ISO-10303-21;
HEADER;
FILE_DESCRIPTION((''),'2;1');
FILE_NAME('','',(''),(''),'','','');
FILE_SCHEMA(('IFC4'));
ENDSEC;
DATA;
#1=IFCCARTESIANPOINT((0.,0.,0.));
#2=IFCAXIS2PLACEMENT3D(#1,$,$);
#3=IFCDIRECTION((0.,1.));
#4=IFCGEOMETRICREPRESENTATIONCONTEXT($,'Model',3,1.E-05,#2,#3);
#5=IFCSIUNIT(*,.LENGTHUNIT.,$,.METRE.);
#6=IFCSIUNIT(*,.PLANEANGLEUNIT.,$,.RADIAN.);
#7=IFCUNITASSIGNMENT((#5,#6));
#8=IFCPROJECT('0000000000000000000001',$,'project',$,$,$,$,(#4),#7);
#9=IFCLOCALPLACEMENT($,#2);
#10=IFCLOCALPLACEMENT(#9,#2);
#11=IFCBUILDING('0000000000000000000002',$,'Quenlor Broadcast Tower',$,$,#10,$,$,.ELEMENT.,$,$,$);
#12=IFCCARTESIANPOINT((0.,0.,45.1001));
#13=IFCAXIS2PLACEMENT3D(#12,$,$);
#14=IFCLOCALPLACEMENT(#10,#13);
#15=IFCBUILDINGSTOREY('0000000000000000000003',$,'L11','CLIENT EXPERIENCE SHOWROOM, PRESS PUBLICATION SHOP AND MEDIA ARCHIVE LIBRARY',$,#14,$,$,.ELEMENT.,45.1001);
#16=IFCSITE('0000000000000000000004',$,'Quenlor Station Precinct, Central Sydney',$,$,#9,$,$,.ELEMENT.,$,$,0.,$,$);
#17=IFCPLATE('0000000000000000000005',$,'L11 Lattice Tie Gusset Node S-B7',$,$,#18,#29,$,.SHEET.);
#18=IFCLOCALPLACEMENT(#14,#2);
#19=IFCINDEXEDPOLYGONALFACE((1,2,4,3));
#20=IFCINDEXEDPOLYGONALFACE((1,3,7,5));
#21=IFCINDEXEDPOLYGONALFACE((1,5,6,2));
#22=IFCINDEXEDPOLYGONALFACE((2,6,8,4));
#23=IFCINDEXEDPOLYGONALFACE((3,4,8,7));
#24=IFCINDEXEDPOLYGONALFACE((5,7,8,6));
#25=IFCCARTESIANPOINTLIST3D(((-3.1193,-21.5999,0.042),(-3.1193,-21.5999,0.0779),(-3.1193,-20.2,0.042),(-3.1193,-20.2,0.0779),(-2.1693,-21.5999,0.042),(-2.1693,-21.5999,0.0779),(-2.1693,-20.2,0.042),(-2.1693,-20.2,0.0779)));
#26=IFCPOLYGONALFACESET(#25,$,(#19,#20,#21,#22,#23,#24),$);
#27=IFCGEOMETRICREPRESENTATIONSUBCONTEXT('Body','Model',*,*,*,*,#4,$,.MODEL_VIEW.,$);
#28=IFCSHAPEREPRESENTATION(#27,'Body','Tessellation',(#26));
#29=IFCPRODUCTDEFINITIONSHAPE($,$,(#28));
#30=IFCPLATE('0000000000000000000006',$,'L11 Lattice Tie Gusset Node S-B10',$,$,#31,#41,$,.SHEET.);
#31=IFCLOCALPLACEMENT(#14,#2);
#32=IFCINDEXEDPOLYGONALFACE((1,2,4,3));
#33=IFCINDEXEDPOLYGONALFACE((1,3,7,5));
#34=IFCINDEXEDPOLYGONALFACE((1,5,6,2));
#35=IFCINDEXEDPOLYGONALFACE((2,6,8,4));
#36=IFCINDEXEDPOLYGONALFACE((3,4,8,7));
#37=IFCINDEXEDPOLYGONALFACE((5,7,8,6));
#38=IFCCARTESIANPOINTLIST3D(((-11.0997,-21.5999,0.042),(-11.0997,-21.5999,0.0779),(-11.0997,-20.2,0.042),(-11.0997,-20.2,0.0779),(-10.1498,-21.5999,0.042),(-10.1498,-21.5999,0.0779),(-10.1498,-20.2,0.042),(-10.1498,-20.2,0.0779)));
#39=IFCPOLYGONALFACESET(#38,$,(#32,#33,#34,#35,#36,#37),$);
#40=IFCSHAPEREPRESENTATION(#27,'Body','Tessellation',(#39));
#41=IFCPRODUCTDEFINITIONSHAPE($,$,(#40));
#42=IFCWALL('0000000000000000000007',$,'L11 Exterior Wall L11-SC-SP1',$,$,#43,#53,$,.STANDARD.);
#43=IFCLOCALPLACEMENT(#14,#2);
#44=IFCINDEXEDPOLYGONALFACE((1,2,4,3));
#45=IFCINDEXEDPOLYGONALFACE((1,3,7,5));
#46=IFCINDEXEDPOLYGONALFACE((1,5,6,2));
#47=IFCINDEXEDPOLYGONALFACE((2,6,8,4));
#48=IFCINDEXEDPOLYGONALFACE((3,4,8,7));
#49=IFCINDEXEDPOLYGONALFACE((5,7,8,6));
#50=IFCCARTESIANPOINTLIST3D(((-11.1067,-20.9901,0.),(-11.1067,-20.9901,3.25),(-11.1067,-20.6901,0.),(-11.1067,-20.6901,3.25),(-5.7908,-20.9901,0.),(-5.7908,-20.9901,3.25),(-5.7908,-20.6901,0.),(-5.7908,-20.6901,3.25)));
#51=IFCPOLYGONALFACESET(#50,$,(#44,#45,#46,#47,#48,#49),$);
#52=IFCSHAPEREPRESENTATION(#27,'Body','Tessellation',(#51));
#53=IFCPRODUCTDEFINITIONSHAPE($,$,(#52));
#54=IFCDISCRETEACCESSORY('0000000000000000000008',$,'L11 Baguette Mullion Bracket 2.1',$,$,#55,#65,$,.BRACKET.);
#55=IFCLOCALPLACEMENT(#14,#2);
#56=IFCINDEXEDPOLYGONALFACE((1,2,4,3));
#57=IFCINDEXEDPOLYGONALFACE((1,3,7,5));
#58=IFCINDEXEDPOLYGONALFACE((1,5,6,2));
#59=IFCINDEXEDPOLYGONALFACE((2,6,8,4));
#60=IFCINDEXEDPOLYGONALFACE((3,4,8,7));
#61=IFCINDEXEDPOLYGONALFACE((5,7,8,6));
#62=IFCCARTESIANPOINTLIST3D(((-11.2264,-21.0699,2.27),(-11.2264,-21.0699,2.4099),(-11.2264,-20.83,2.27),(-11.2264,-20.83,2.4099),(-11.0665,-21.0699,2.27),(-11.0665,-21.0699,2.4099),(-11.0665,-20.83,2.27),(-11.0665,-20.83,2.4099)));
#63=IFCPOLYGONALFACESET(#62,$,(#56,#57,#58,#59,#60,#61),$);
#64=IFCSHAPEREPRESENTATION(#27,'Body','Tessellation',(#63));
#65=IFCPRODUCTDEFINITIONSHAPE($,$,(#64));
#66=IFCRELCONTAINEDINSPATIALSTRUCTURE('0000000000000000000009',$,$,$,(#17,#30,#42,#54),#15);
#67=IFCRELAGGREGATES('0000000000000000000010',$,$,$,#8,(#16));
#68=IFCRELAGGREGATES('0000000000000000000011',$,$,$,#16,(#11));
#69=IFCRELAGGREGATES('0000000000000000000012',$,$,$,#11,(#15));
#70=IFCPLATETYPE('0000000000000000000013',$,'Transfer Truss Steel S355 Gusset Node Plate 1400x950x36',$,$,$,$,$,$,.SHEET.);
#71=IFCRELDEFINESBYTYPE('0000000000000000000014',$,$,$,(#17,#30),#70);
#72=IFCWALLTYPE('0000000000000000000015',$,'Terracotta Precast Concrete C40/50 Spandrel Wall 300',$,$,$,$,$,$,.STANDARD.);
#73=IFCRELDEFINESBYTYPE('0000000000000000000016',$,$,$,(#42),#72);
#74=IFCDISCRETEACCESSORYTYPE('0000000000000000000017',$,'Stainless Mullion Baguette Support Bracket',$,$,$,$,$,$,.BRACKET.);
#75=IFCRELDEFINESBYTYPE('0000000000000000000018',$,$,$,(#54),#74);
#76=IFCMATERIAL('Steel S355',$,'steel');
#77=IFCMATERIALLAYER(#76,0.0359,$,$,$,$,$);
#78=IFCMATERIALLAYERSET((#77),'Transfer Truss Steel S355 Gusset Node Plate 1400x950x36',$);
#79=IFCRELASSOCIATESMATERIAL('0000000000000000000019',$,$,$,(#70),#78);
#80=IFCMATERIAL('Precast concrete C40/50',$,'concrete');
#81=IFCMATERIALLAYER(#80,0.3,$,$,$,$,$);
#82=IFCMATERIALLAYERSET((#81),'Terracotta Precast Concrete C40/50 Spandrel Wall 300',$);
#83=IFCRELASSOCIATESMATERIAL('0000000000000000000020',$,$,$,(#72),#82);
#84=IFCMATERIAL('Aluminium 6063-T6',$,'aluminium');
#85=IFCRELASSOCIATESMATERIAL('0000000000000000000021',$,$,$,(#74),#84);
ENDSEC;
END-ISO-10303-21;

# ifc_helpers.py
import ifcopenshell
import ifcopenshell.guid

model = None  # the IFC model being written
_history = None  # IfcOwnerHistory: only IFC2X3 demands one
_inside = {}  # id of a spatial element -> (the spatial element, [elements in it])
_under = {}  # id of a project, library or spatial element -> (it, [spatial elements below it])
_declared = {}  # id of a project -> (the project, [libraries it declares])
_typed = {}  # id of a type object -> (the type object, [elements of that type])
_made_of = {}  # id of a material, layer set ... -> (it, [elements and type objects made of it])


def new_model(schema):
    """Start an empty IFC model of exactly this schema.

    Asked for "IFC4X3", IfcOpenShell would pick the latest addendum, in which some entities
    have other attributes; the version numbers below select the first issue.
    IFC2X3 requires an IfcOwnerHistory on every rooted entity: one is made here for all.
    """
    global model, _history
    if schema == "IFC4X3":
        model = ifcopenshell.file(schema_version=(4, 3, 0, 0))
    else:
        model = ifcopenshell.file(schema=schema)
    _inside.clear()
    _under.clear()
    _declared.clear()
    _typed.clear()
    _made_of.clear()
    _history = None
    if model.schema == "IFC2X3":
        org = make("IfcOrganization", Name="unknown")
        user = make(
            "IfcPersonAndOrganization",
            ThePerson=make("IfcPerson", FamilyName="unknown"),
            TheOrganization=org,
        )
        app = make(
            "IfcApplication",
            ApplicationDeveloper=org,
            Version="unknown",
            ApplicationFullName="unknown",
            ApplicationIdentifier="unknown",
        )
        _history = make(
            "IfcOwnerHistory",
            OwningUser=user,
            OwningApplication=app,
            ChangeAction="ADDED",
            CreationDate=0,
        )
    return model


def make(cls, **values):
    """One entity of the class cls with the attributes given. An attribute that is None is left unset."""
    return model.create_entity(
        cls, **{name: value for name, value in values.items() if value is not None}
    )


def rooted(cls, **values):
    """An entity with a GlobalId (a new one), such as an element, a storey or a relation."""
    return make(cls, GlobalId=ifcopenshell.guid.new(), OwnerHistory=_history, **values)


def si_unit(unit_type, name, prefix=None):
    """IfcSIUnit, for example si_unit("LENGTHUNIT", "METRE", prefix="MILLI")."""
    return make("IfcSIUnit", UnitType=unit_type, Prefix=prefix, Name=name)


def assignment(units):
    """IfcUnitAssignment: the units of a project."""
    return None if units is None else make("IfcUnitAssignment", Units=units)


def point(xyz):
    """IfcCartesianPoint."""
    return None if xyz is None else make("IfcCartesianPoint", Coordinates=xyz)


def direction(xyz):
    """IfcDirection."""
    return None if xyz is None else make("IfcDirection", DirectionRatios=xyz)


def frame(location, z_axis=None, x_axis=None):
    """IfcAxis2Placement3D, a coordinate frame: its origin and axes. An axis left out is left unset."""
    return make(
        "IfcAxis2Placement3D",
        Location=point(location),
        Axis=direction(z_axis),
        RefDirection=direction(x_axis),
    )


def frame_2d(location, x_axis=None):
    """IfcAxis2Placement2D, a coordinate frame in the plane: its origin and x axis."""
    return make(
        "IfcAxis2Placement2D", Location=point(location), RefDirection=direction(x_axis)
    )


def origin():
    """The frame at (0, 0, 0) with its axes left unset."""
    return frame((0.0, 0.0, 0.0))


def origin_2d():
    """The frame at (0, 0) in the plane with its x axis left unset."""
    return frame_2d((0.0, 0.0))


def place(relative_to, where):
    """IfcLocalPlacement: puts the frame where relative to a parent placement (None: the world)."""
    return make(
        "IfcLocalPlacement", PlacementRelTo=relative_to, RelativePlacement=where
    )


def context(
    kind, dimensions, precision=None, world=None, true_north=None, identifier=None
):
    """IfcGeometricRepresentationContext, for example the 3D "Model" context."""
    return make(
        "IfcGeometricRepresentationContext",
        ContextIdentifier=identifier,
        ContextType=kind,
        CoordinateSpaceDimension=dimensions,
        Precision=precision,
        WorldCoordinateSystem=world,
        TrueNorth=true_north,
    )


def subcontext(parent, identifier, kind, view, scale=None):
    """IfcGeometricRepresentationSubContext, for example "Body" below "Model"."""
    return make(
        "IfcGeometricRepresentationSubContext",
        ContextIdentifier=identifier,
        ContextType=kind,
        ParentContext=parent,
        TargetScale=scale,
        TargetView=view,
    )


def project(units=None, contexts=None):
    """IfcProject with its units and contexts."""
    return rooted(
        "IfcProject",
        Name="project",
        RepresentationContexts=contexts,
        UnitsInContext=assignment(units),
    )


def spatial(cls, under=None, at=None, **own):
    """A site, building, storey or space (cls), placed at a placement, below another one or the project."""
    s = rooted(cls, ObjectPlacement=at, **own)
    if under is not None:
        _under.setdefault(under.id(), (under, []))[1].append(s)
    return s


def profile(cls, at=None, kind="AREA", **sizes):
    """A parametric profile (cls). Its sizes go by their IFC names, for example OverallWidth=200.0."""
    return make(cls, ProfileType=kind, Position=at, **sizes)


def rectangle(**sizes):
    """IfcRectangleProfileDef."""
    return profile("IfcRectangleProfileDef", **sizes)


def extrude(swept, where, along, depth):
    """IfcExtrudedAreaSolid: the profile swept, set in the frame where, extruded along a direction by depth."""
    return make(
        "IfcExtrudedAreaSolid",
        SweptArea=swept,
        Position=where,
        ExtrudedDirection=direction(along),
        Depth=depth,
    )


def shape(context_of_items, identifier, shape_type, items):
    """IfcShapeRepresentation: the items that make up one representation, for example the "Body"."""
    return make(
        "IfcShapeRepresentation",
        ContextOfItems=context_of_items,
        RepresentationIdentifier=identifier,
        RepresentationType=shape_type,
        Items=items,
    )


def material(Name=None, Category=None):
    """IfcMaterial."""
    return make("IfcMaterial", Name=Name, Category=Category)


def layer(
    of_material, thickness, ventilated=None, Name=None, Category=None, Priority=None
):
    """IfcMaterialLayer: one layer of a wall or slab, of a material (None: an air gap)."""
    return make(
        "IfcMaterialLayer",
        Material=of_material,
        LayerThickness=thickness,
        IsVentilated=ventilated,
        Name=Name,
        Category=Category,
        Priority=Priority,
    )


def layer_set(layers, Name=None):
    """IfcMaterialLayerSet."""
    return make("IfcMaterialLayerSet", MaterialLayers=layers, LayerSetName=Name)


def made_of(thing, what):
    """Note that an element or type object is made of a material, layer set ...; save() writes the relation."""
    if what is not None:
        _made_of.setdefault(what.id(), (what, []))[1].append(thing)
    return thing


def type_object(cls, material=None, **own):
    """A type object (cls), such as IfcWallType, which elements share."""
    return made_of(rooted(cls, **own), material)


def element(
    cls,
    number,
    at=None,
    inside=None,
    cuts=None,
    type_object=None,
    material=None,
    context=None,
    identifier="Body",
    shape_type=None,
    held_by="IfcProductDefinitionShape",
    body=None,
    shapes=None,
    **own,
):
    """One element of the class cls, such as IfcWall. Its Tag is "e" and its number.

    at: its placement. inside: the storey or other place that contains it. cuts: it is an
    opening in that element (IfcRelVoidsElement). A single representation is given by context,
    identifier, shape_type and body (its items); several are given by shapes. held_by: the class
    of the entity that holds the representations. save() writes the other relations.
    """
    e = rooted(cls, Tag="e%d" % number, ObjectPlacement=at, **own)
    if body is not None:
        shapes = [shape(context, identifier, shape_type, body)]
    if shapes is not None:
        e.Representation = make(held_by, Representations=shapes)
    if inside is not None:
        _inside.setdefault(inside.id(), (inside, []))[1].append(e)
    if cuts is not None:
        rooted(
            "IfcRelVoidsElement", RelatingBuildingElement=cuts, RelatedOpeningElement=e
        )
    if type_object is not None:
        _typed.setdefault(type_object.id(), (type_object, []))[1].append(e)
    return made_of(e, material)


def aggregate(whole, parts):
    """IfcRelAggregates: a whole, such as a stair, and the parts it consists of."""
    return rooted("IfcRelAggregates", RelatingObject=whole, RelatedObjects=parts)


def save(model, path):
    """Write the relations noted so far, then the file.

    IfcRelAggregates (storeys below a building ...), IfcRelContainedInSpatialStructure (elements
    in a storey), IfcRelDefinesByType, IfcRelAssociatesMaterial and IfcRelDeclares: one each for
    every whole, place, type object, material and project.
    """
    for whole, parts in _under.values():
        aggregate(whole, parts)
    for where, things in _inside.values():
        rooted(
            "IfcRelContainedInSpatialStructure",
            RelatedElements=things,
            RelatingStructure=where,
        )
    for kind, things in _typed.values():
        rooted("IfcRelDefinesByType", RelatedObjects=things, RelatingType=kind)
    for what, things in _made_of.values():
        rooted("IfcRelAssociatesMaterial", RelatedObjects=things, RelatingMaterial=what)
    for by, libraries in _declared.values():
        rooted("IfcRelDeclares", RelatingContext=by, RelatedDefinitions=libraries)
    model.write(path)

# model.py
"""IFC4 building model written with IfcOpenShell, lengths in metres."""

from ifc_helpers import new_model, si_unit, direction, frame, frame_2d, origin, origin_2d, place, context, subcontext, project, spatial, rectangle, extrude, material, layer, layer_set, type_object, element, save


model = new_model("IFC4")

# Units and contexts
model_context = context("Model", 3, precision=1e-05, world=origin(), true_north=direction((0.0, 1.0)))
body_context = subcontext(model_context, "Body", "Model", "MODEL_VIEW")
ifc_project = project(units=[si_unit("LENGTHUNIT", "METRE"), si_unit("PLANEANGLEUNIT", "RADIAN")], contexts=[model_context])

# Site, building, storey
site_placement = place(None, origin())
site = spatial("IfcSite", under=ifc_project, at=site_placement, Name="Quenlor Station Precinct, Central Sydney", CompositionType="ELEMENT", RefElevation=0.0)
building_placement = place(site_placement, origin())
building = spatial("IfcBuilding", under=site, at=building_placement, Name="Quenlor Broadcast Tower", CompositionType="ELEMENT")
storey_placement = place(building_placement, frame((0.0, 0.0, 45.1001)))
storey = spatial("IfcBuildingStorey", under=building, at=storey_placement, Name="L11", Description="CLIENT EXPERIENCE SHOWROOM, PRESS PUBLICATION SHOP AND MEDIA ARCHIVE LIBRARY", CompositionType="ELEMENT", Elevation=45.1001)

# Plates
ifc_material_1 = material(Name="Steel S355", Category="steel")
ifc_layer_1 = layer(ifc_material_1, 0.0359)
ifc_layer_set_1 = layer_set([ifc_layer_1], Name="Transfer Truss Steel S355 Gusset Node Plate 1400x950x36")
plate_type_1 = type_object("IfcPlateType", Name="Transfer Truss Steel S355 Gusset Node Plate 1400x950x36", PredefinedType="SHEET", material=ifc_layer_set_1)
for number, where, z_axis, x_axis, name in (
    (1, (-2.6443, -20.8999, 0.042), (0.0, 0.0, 1.0), (0.0, -1.0, 0.0), "L11 Lattice Tie Gusset Node S-B7"),
    (2, (-10.6248, -20.8999, 0.042), (0.0, 0.0, 1.0), (0.0, -1.0, 0.0), "L11 Lattice Tie Gusset Node S-B10"),
):
    element("IfcPlate", number, at=place(storey_placement, frame(where, z_axis=z_axis, x_axis=x_axis)), inside=storey, type_object=plate_type_1, Name=name, PredefinedType="SHEET", context=body_context, shape_type="SweptSolid", body=[
        extrude(rectangle(XDim=1.3999, YDim=0.95, at=origin_2d()), origin(), (0.0, 0.0, 1.0), 0.0359),
    ])

# Wall
ifc_material_2 = material(Name="Precast concrete C40/50", Category="concrete")
ifc_layer_2 = layer(ifc_material_2, 0.3)
ifc_layer_set_2 = layer_set([ifc_layer_2], Name="Terracotta Precast Concrete C40/50 Spandrel Wall 300")
wall_type = type_object("IfcWallType", Name="Terracotta Precast Concrete C40/50 Spandrel Wall 300", PredefinedType="STANDARD", material=ifc_layer_set_2)
wall_placement = place(storey_placement, frame((-5.7908, -20.8401, 0.0), z_axis=(0.0, 0.0, 1.0), x_axis=(-1.0, 0.0, 0.0)))
element("IfcWall", 3, at=wall_placement, inside=storey, type_object=wall_type, Name="L11 Exterior Wall L11-SC-SP1", PredefinedType="STANDARD", context=body_context, shape_type="SweptSolid", body=[
    extrude(rectangle(XDim=5.3159, YDim=0.3, at=frame_2d((2.658, 0.0))), origin(), (0.0, 0.0, 1.0), 3.25),
])

# Discrete accessory
ifc_material_3 = material(Name="Aluminium 6063-T6", Category="aluminium")
discrete_accessory_type = type_object("IfcDiscreteAccessoryType", Name="Stainless Mullion Baguette Support Bracket", PredefinedType="BRACKET", material=ifc_material_3)
discrete_accessory_placement = place(storey_placement, frame((-11.1465, -20.95, 2.27), z_axis=(0.0, 0.0, 1.0), x_axis=(-1.0, 0.0, 0.0)))
element("IfcDiscreteAccessory", 4, at=discrete_accessory_placement, inside=storey, type_object=discrete_accessory_type, Name="L11 Baguette Mullion Bracket 2.1", PredefinedType="BRACKET", context=body_context, shape_type="SweptSolid", body=[
    extrude(rectangle(XDim=0.1599, YDim=0.24, at=origin_2d()), origin(), (0.0, 0.0, 1.0), 0.1399),
])

save(model, "model.ifc")
